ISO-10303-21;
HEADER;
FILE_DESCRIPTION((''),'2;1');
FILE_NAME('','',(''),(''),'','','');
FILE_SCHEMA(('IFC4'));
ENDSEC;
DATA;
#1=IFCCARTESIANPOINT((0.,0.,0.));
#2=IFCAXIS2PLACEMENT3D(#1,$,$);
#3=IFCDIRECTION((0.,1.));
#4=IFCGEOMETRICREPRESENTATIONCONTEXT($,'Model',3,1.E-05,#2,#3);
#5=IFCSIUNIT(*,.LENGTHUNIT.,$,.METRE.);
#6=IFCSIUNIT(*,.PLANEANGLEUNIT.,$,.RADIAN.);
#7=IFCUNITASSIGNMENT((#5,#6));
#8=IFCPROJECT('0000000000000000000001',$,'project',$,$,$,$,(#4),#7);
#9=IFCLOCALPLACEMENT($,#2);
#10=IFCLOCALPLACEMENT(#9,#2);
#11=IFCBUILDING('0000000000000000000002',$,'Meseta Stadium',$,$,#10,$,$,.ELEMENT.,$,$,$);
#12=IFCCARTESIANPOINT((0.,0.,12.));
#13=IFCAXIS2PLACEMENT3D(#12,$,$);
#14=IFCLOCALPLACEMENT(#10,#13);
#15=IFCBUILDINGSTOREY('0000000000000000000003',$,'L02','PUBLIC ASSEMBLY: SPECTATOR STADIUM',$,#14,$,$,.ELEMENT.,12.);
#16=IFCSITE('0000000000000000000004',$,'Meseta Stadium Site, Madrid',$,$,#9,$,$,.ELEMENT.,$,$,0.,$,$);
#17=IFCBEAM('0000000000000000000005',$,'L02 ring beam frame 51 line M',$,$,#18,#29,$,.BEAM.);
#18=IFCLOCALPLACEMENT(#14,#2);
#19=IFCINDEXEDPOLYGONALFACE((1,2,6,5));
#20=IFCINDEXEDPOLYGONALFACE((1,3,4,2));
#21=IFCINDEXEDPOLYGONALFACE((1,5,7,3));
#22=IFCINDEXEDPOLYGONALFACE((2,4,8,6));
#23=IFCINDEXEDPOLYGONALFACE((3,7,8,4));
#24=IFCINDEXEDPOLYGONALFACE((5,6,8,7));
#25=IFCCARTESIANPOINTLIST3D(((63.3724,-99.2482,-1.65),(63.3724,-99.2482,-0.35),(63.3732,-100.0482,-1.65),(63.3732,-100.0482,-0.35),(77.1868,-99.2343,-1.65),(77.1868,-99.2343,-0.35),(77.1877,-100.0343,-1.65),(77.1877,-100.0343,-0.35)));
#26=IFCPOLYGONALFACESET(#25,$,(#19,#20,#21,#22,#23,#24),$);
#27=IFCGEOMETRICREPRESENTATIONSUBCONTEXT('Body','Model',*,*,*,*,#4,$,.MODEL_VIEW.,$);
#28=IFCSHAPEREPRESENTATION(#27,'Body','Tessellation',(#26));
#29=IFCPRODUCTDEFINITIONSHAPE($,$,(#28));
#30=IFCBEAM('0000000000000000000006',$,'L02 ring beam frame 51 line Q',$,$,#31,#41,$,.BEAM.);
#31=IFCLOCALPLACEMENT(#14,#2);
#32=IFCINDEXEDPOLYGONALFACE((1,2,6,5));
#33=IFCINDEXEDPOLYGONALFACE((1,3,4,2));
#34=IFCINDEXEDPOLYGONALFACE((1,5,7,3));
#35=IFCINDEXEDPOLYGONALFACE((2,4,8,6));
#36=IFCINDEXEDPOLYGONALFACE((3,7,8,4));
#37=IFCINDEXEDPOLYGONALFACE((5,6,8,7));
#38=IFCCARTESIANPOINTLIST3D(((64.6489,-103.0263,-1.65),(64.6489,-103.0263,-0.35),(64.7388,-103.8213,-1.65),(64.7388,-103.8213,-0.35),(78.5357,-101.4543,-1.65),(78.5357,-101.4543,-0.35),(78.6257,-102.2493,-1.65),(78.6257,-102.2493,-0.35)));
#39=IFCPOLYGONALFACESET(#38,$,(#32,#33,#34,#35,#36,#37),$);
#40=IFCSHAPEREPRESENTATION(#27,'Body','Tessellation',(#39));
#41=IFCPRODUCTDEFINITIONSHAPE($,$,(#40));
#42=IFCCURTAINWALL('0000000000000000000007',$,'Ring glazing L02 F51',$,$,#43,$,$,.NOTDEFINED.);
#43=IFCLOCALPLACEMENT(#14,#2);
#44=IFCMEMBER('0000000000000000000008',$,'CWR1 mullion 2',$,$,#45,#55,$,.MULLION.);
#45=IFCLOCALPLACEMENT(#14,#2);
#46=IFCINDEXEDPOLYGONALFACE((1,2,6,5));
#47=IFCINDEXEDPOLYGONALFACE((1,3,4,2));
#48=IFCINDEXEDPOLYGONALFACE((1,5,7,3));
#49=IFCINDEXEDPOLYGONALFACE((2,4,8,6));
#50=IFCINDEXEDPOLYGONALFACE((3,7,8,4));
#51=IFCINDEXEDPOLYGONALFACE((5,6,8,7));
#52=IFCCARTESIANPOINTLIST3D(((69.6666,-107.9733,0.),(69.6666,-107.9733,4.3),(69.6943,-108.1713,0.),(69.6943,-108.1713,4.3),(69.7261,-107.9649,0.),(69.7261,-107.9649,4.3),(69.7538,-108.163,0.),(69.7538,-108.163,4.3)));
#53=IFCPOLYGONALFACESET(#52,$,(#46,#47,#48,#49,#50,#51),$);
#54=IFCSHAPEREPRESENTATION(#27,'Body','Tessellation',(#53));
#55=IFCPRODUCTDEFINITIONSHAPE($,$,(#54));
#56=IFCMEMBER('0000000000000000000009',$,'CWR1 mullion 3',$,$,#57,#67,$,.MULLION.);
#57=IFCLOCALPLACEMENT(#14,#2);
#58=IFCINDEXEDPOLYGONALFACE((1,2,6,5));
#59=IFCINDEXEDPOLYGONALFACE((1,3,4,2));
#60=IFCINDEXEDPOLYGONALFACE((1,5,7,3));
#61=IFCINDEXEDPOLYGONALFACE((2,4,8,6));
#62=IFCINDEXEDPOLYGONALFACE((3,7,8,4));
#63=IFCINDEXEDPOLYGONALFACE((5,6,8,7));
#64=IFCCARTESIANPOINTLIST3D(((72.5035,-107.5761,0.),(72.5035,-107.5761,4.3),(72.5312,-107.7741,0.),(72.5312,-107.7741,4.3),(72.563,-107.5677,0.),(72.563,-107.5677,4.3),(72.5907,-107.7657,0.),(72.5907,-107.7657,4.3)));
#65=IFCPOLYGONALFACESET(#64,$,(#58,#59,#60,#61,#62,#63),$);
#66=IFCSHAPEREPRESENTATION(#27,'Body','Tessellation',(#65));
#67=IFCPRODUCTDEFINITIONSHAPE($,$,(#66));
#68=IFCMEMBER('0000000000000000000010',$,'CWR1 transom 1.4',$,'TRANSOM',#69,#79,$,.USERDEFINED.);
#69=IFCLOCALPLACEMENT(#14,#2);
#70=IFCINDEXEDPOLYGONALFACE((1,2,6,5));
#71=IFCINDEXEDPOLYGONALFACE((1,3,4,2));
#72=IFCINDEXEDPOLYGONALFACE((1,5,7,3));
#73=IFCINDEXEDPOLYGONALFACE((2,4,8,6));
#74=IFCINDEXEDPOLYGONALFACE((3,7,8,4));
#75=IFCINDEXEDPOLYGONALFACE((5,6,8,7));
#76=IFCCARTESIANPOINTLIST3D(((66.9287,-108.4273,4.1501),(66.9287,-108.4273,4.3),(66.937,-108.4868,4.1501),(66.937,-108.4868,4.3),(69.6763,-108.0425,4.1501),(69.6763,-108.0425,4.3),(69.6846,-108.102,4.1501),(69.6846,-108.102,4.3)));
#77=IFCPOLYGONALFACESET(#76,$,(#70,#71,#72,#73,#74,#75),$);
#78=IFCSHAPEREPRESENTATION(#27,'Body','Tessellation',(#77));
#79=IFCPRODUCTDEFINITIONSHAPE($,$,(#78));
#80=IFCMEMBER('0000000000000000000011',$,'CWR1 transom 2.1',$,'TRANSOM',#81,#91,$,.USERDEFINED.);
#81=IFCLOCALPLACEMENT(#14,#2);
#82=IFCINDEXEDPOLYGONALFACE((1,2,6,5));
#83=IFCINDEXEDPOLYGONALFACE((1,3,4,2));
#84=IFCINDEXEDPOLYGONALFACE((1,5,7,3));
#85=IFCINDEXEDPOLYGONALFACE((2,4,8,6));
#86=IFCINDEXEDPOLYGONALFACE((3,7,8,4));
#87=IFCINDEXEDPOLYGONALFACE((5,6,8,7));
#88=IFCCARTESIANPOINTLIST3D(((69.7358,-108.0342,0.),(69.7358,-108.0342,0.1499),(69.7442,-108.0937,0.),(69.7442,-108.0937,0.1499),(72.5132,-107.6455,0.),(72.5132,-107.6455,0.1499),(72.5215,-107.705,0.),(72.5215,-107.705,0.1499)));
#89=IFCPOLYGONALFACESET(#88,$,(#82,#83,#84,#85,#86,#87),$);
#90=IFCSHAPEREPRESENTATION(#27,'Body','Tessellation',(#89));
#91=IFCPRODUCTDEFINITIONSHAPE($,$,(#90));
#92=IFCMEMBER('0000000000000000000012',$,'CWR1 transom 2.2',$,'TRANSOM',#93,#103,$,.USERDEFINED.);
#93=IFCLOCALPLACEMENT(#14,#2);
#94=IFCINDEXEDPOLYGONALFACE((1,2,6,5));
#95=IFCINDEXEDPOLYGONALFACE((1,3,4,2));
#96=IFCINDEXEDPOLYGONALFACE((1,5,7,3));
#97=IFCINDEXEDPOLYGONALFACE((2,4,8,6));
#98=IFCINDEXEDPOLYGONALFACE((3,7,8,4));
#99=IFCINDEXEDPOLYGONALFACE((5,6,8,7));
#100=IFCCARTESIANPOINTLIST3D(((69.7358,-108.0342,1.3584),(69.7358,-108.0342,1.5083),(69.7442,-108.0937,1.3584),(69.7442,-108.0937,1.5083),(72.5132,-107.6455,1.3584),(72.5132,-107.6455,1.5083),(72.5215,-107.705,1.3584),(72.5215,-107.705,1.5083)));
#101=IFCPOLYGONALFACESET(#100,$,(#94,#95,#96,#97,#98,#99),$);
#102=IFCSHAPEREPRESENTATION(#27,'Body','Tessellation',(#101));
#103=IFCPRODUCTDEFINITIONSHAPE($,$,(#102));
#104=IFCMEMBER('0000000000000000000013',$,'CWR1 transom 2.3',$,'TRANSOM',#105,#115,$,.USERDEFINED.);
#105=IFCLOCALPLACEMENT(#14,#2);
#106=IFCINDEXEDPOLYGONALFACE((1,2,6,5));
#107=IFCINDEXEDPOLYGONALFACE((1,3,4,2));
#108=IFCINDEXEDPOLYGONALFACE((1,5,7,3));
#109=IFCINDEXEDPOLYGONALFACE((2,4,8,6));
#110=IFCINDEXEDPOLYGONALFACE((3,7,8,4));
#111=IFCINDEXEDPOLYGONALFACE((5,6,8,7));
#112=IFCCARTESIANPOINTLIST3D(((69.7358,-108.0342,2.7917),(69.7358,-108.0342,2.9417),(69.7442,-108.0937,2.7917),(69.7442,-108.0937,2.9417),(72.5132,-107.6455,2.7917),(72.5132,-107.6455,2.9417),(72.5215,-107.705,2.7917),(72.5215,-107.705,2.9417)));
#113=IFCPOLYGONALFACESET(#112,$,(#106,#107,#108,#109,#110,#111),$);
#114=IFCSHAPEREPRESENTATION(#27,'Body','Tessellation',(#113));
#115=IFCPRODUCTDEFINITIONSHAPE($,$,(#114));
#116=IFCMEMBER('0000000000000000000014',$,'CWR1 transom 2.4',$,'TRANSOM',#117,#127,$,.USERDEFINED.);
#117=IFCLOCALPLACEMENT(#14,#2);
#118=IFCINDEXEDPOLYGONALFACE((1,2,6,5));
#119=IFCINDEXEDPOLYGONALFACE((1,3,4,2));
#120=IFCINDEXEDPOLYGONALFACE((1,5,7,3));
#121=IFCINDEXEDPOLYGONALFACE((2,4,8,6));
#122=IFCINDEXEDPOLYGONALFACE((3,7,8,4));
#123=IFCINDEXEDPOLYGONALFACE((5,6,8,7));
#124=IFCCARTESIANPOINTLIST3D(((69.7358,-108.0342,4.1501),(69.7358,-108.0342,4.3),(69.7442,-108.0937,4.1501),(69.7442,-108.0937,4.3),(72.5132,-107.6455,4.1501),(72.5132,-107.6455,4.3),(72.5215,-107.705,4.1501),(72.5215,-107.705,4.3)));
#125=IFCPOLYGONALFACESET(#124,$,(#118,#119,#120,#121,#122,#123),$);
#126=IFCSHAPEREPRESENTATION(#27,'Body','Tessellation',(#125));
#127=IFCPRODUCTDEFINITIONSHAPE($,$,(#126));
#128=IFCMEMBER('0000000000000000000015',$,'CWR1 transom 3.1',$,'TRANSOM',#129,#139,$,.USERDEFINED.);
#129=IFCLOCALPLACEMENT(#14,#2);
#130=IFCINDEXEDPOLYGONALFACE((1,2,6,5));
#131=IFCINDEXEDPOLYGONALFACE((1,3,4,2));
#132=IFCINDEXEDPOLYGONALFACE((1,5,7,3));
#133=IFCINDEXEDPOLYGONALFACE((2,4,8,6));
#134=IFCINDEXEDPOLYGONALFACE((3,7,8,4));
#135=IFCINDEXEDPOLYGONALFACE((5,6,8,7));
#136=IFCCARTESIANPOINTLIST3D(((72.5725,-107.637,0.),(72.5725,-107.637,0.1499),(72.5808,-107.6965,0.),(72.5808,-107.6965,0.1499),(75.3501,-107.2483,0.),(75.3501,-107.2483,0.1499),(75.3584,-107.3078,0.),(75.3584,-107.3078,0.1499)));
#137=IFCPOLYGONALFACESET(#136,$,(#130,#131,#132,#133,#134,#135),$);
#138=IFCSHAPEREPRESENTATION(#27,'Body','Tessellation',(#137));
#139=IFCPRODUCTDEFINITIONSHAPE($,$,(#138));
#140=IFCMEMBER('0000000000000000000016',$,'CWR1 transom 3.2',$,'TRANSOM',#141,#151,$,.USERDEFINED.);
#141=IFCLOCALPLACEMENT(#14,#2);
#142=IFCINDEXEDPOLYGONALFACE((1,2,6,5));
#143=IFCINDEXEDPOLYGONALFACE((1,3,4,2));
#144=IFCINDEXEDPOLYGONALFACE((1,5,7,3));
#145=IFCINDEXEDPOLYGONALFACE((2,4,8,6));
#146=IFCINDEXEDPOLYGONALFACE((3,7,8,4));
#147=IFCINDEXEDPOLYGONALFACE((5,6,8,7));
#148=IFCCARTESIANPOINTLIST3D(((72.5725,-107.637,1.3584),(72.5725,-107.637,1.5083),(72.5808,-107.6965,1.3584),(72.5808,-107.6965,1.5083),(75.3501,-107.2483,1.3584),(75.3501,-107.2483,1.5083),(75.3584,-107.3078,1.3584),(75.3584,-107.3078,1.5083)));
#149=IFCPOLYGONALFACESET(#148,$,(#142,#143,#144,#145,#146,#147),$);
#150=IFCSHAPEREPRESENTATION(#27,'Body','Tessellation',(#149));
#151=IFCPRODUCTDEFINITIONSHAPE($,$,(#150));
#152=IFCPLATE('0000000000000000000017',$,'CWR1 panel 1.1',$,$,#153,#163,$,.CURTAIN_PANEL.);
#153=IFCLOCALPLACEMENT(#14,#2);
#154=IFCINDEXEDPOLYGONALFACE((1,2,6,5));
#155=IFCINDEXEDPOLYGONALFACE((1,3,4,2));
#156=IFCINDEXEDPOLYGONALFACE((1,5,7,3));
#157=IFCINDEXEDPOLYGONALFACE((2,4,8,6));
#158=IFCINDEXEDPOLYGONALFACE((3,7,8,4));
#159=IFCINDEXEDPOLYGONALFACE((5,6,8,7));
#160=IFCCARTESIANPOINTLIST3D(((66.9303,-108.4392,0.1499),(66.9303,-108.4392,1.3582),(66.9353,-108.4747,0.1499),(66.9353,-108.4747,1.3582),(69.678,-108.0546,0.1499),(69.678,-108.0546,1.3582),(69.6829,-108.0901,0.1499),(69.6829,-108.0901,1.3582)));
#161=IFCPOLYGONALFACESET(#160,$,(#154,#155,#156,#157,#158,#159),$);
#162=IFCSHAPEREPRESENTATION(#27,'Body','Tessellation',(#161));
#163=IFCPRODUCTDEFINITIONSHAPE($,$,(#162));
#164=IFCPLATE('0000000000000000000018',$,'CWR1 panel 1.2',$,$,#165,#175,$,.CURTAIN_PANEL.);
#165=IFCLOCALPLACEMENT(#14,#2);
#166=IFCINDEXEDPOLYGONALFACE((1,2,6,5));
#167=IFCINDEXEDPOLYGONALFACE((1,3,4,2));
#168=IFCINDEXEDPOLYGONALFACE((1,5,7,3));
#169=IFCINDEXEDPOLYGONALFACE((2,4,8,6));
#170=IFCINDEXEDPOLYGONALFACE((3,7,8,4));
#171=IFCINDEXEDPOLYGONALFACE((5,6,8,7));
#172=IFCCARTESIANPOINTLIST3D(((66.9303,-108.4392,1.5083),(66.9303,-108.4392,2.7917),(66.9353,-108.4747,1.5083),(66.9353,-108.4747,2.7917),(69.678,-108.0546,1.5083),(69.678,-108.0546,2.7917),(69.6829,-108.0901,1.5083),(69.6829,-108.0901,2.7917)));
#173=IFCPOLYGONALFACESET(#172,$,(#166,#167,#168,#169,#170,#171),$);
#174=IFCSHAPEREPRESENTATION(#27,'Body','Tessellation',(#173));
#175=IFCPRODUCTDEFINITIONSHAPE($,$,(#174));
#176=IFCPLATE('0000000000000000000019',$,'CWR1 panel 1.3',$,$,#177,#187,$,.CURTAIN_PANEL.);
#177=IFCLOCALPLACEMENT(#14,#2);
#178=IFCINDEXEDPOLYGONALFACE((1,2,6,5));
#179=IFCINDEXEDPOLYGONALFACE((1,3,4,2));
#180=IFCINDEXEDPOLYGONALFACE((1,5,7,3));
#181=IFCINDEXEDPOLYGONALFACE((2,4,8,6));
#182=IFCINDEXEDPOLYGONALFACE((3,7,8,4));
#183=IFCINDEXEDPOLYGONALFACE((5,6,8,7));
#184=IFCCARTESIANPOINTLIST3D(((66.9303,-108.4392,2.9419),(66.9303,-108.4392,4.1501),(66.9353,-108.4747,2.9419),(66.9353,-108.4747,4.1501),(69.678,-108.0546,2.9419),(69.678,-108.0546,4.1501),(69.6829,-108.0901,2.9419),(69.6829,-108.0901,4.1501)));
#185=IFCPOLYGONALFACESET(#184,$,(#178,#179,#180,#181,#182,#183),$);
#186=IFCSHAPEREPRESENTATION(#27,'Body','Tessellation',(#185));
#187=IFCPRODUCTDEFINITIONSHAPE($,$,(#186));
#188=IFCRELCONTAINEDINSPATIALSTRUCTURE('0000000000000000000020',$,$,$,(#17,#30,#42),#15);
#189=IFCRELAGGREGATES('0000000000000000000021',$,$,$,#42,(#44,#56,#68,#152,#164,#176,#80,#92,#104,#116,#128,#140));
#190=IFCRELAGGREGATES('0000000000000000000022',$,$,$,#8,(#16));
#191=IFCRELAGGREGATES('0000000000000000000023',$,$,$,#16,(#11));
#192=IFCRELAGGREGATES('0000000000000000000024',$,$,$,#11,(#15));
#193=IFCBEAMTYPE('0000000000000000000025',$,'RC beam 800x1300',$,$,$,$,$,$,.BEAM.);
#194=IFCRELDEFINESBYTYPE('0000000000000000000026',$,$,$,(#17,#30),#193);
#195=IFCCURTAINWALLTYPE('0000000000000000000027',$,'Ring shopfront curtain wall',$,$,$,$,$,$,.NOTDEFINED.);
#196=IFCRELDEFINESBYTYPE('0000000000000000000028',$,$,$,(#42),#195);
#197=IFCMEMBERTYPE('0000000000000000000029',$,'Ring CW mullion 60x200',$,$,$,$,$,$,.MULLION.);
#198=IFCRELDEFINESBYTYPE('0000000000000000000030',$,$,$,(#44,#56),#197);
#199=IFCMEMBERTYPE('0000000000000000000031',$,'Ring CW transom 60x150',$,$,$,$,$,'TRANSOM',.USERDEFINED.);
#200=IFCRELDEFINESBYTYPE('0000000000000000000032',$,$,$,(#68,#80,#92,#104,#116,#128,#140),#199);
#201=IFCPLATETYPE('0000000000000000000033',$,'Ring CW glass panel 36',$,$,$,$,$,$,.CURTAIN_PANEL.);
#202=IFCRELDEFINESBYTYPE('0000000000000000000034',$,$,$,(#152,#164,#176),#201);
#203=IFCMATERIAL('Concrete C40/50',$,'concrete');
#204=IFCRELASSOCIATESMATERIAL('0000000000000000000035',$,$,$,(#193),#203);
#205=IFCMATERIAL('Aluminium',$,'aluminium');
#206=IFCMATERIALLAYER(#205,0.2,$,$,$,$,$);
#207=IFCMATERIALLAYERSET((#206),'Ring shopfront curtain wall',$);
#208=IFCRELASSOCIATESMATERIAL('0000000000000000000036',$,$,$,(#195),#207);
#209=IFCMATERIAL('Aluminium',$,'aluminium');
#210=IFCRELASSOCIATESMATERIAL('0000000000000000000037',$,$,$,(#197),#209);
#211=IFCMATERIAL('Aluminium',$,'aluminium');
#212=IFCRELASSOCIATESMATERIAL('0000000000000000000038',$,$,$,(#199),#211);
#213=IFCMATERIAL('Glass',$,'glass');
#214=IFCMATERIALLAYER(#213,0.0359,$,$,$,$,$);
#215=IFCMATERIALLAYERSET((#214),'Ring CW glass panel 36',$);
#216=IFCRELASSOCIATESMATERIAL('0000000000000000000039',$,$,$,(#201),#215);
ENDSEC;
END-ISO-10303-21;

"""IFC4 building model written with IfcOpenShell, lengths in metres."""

from ifc_helpers import new_model, si_unit, direction, frame, origin, origin_2d, place, context, subcontext, project, spatial, rectangle, extrude, material, layer, layer_set, material_profile, profile_set, type_object, element, aggregate, save


model = new_model("IFC4")

# Units and contexts
model_context = context("Model", 3, precision=1e-05, world=origin(), true_north=direction((0.0, 1.0)))
body_context = subcontext(model_context, "Body", "Model", "MODEL_VIEW")
ifc_project = project(units=[si_unit("LENGTHUNIT", "METRE"), si_unit("PLANEANGLEUNIT", "RADIAN")], contexts=[model_context])

# Site, building, storey
site_placement = place(None, origin())
site = spatial("IfcSite", under=ifc_project, at=site_placement, Name="Meseta Stadium Site, Madrid", CompositionType="ELEMENT", RefElevation=0.0)
building_placement = place(site_placement, origin())
building = spatial("IfcBuilding", under=site, at=building_placement, Name="Meseta Stadium", CompositionType="ELEMENT")
storey_placement = place(building_placement, frame((0.0, 0.0, 12.0)))
storey = spatial("IfcBuildingStorey", under=building, at=storey_placement, Name="L02", Description="PUBLIC ASSEMBLY: SPECTATOR STADIUM", CompositionType="ELEMENT", Elevation=12.0)

# Beams
ifc_material_1 = material(Name="Concrete C40/50", Category="concrete")
ifc_material_profile_1 = material_profile(ifc_material_1, rectangle(XDim=0.8, YDim=1.3, at=origin_2d()), Name="RC 800x1300")
ifc_profile_set_1 = profile_set([ifc_material_profile_1], Name="Concrete C40/50")
beam_type_1 = type_object("IfcBeamType", Name="RC beam 800x1300", PredefinedType="BEAM", material=ifc_profile_set_1)
beam_1_placement = place(storey_placement, frame((63.3728, -99.6482, -1.0), z_axis=(0.999999, 0.001007, 0.0), x_axis=(-0.001007, 0.999999, 0.0)))
element("IfcBeam", 1, at=beam_1_placement, inside=storey, type_object=beam_type_1, Name="L02 ring beam frame 51 line M", PredefinedType="BEAM", context=body_context, shape_type="SweptSolid", body=[
    extrude(rectangle(XDim=0.8, YDim=1.3, at=origin_2d()), origin(), (0.0, 0.0, 1.0), 13.8145),
])
beam_2_placement = place(storey_placement, frame((64.6938, -103.4238, -1.0), z_axis=(0.993654, 0.112483, 0.0), x_axis=(-0.112483, 0.993654, 0.0)))
element("IfcBeam", 2, at=beam_2_placement, inside=storey, type_object=beam_type_1, Name="L02 ring beam frame 51 line Q", PredefinedType="BEAM", context=body_context, shape_type="SweptSolid", body=[
    extrude(rectangle(XDim=0.8, YDim=1.3, at=origin_2d()), origin(), (0.0, 0.0, 1.0), 13.9756),
])

# Curtain wall, members, plates
ifc_material_2 = material(Name="Aluminium", Category="aluminium")
ifc_layer_1 = layer(ifc_material_2, 0.2)
ifc_layer_set_1 = layer_set([ifc_layer_1], Name="Ring shopfront curtain wall")
curtain_wall_type = type_object("IfcCurtainWallType", Name="Ring shopfront curtain wall", PredefinedType="NOTDEFINED", material=ifc_layer_set_1)
curtain_wall_placement = place(storey_placement, origin())
curtain_wall = element("IfcCurtainWall", 3, at=curtain_wall_placement, inside=storey, type_object=curtain_wall_type, Name="Ring glazing L02 F51", PredefinedType="NOTDEFINED")
ifc_material_3 = material(Name="Aluminium", Category="aluminium")
ifc_material_profile_2 = material_profile(ifc_material_3, rectangle(XDim=0.2, YDim=0.0601, at=origin_2d()), Name="CW 200x60")
ifc_profile_set_2 = profile_set([ifc_material_profile_2], Name="Aluminium")
member_type_1 = type_object("IfcMemberType", Name="Ring CW mullion 60x200", PredefinedType="MULLION", material=ifc_profile_set_2)
member_1_placement = place(storey_placement, frame((69.7102, -108.0681, 0.0), z_axis=(0.0, 0.0, 1.0), x_axis=(-0.138643, 0.990342, 0.0)))
member_1 = element("IfcMember", 4, at=member_1_placement, type_object=member_type_1, Name="CWR1 mullion 2", PredefinedType="MULLION", context=body_context, shape_type="SweptSolid", body=[
    extrude(rectangle(XDim=0.2, YDim=0.0601, at=origin_2d()), origin(), (0.0, 0.0, 1.0), 4.3),
])
member_2_placement = place(storey_placement, frame((72.5471, -107.6709, 0.0), z_axis=(0.0, 0.0, 1.0), x_axis=(-0.138643, 0.990342, 0.0)))
member_2 = element("IfcMember", 5, at=member_2_placement, type_object=member_type_1, Name="CWR1 mullion 3", PredefinedType="MULLION", context=body_context, shape_type="SweptSolid", body=[
    extrude(rectangle(XDim=0.2, YDim=0.0601, at=origin_2d()), origin(), (0.0, 0.0, 1.0), 4.3),
])
ifc_material_4 = material(Name="Aluminium", Category="aluminium")
ifc_material_profile_3 = material_profile(ifc_material_4, rectangle(XDim=0.0601, YDim=0.1499, at=origin_2d()), Name="CW 60x150")
ifc_profile_set_3 = profile_set([ifc_material_profile_3], Name="Aluminium")
member_type_2 = type_object("IfcMemberType", Name="Ring CW transom 60x150", ElementType="TRANSOM", PredefinedType="USERDEFINED", material=ifc_profile_set_3)
member_3_placement = place(storey_placement, frame((66.9329, -108.457, 4.2251), z_axis=(0.990336, 0.138686, 0.0), x_axis=(-0.138686, 0.990336, 0.0)))
member_3 = element("IfcMember", 6, at=member_3_placement, type_object=member_type_2, Name="CWR1 transom 1.4", ObjectType="TRANSOM", PredefinedType="USERDEFINED", context=body_context, shape_type="SweptSolid", body=[
    extrude(rectangle(XDim=0.0601, YDim=0.1499, at=origin_2d()), origin(), (0.0, 0.0, 1.0), 2.7744),
])
member_4_placement = place(storey_placement, frame((69.74, -108.064, 0.075), z_axis=(0.990349, 0.138593, 0.0), x_axis=(-0.138593, 0.990349, 0.0)))
member_4 = element("IfcMember", 7, at=member_4_placement, type_object=member_type_2, Name="CWR1 transom 2.1", ObjectType="TRANSOM", PredefinedType="USERDEFINED", context=body_context, shape_type="SweptSolid", body=[
    extrude(rectangle(XDim=0.0601, YDim=0.1499, at=origin_2d()), origin(), (0.0, 0.0, 1.0), 2.8044),
])
member_5_placement = place(storey_placement, frame((69.74, -108.064, 1.4333), z_axis=(0.990349, 0.138593, 0.0), x_axis=(-0.138593, 0.990349, 0.0)))
member_5 = element("IfcMember", 8, at=member_5_placement, type_object=member_type_2, Name="CWR1 transom 2.2", ObjectType="TRANSOM", PredefinedType="USERDEFINED", context=body_context, shape_type="SweptSolid", body=[
    extrude(rectangle(XDim=0.0601, YDim=0.1499, at=origin_2d()), origin(), (0.0, 0.0, 1.0), 2.8044),
])
member_6_placement = place(storey_placement, frame((69.74, -108.064, 2.8667), z_axis=(0.990349, 0.138593, 0.0), x_axis=(-0.138593, 0.990349, 0.0)))
member_6 = element("IfcMember", 9, at=member_6_placement, type_object=member_type_2, Name="CWR1 transom 2.3", ObjectType="TRANSOM", PredefinedType="USERDEFINED", context=body_context, shape_type="SweptSolid", body=[
    extrude(rectangle(XDim=0.0601, YDim=0.1499, at=origin_2d()), origin(), (0.0, 0.0, 1.0), 2.8044),
])
member_7_placement = place(storey_placement, frame((69.74, -108.064, 4.2251), z_axis=(0.990349, 0.138593, 0.0), x_axis=(-0.138593, 0.990349, 0.0)))
member_7 = element("IfcMember", 10, at=member_7_placement, type_object=member_type_2, Name="CWR1 transom 2.4", ObjectType="TRANSOM", PredefinedType="USERDEFINED", context=body_context, shape_type="SweptSolid", body=[
    extrude(rectangle(XDim=0.0601, YDim=0.1499, at=origin_2d()), origin(), (0.0, 0.0, 1.0), 2.8044),
])
member_8_placement = place(storey_placement, frame((72.5767, -107.6667, 0.075), z_axis=(0.990351, 0.138581, 0.0), x_axis=(-0.138581, 0.990351, 0.0)))
member_8 = element("IfcMember", 11, at=member_8_placement, type_object=member_type_2, Name="CWR1 transom 3.1", ObjectType="TRANSOM", PredefinedType="USERDEFINED", context=body_context, shape_type="SweptSolid", body=[
    extrude(rectangle(XDim=0.0601, YDim=0.1499, at=origin_2d()), origin(), (0.0, 0.0, 1.0), 2.8047),
])
member_9_placement = place(storey_placement, frame((72.5767, -107.6667, 1.4333), z_axis=(0.990351, 0.138581, 0.0), x_axis=(-0.138581, 0.990351, 0.0)))
member_9 = element("IfcMember", 12, at=member_9_placement, type_object=member_type_2, Name="CWR1 transom 3.2", ObjectType="TRANSOM", PredefinedType="USERDEFINED", context=body_context, shape_type="SweptSolid", body=[
    extrude(rectangle(XDim=0.0601, YDim=0.1499, at=origin_2d()), origin(), (0.0, 0.0, 1.0), 2.8047),
])
ifc_material_5 = material(Name="Glass", Category="glass")
ifc_layer_2 = layer(ifc_material_5, 0.0359)
ifc_layer_set_2 = layer_set([ifc_layer_2], Name="Ring CW glass panel 36")
plate_type = type_object("IfcPlateType", Name="Ring CW glass panel 36", PredefinedType="CURTAIN_PANEL", material=ifc_layer_set_2)
plate_1_placement = place(storey_placement, frame((68.3066, -108.2646, 0.1499), z_axis=(0.0, 0.0, 1.0), x_axis=(0.990342, 0.138643, 0.0)))
plate_1 = element("IfcPlate", 13, at=plate_1_placement, type_object=plate_type, Name="CWR1 panel 1.1", PredefinedType="CURTAIN_PANEL", context=body_context, shape_type="SweptSolid", body=[
    extrude(rectangle(XDim=2.7744, YDim=0.0359, at=origin_2d()), origin(), (0.0, 0.0, 1.0), 1.2083),
])
plate_2_placement = place(storey_placement, frame((68.3066, -108.2646, 1.5083), z_axis=(0.0, 0.0, 1.0), x_axis=(0.990342, 0.138643, 0.0)))
plate_2 = element("IfcPlate", 14, at=plate_2_placement, type_object=plate_type, Name="CWR1 panel 1.2", PredefinedType="CURTAIN_PANEL", context=body_context, shape_type="SweptSolid", body=[
    extrude(rectangle(XDim=2.7744, YDim=0.0359, at=origin_2d()), origin(), (0.0, 0.0, 1.0), 1.2834),
])
plate_3_placement = place(storey_placement, frame((68.3066, -108.2646, 2.9419), z_axis=(0.0, 0.0, 1.0), x_axis=(0.990342, 0.138643, 0.0)))
plate_3 = element("IfcPlate", 15, at=plate_3_placement, type_object=plate_type, Name="CWR1 panel 1.3", PredefinedType="CURTAIN_PANEL", context=body_context, shape_type="SweptSolid", body=[
    extrude(rectangle(XDim=2.7744, YDim=0.0359, at=origin_2d()), origin(), (0.0, 0.0, 1.0), 1.2083),
])
aggregate(curtain_wall, [member_1, member_2, member_3, plate_1, plate_2, plate_3, member_4, member_5, member_6, member_7, member_8, member_9])

save(model, "model.ifc")
